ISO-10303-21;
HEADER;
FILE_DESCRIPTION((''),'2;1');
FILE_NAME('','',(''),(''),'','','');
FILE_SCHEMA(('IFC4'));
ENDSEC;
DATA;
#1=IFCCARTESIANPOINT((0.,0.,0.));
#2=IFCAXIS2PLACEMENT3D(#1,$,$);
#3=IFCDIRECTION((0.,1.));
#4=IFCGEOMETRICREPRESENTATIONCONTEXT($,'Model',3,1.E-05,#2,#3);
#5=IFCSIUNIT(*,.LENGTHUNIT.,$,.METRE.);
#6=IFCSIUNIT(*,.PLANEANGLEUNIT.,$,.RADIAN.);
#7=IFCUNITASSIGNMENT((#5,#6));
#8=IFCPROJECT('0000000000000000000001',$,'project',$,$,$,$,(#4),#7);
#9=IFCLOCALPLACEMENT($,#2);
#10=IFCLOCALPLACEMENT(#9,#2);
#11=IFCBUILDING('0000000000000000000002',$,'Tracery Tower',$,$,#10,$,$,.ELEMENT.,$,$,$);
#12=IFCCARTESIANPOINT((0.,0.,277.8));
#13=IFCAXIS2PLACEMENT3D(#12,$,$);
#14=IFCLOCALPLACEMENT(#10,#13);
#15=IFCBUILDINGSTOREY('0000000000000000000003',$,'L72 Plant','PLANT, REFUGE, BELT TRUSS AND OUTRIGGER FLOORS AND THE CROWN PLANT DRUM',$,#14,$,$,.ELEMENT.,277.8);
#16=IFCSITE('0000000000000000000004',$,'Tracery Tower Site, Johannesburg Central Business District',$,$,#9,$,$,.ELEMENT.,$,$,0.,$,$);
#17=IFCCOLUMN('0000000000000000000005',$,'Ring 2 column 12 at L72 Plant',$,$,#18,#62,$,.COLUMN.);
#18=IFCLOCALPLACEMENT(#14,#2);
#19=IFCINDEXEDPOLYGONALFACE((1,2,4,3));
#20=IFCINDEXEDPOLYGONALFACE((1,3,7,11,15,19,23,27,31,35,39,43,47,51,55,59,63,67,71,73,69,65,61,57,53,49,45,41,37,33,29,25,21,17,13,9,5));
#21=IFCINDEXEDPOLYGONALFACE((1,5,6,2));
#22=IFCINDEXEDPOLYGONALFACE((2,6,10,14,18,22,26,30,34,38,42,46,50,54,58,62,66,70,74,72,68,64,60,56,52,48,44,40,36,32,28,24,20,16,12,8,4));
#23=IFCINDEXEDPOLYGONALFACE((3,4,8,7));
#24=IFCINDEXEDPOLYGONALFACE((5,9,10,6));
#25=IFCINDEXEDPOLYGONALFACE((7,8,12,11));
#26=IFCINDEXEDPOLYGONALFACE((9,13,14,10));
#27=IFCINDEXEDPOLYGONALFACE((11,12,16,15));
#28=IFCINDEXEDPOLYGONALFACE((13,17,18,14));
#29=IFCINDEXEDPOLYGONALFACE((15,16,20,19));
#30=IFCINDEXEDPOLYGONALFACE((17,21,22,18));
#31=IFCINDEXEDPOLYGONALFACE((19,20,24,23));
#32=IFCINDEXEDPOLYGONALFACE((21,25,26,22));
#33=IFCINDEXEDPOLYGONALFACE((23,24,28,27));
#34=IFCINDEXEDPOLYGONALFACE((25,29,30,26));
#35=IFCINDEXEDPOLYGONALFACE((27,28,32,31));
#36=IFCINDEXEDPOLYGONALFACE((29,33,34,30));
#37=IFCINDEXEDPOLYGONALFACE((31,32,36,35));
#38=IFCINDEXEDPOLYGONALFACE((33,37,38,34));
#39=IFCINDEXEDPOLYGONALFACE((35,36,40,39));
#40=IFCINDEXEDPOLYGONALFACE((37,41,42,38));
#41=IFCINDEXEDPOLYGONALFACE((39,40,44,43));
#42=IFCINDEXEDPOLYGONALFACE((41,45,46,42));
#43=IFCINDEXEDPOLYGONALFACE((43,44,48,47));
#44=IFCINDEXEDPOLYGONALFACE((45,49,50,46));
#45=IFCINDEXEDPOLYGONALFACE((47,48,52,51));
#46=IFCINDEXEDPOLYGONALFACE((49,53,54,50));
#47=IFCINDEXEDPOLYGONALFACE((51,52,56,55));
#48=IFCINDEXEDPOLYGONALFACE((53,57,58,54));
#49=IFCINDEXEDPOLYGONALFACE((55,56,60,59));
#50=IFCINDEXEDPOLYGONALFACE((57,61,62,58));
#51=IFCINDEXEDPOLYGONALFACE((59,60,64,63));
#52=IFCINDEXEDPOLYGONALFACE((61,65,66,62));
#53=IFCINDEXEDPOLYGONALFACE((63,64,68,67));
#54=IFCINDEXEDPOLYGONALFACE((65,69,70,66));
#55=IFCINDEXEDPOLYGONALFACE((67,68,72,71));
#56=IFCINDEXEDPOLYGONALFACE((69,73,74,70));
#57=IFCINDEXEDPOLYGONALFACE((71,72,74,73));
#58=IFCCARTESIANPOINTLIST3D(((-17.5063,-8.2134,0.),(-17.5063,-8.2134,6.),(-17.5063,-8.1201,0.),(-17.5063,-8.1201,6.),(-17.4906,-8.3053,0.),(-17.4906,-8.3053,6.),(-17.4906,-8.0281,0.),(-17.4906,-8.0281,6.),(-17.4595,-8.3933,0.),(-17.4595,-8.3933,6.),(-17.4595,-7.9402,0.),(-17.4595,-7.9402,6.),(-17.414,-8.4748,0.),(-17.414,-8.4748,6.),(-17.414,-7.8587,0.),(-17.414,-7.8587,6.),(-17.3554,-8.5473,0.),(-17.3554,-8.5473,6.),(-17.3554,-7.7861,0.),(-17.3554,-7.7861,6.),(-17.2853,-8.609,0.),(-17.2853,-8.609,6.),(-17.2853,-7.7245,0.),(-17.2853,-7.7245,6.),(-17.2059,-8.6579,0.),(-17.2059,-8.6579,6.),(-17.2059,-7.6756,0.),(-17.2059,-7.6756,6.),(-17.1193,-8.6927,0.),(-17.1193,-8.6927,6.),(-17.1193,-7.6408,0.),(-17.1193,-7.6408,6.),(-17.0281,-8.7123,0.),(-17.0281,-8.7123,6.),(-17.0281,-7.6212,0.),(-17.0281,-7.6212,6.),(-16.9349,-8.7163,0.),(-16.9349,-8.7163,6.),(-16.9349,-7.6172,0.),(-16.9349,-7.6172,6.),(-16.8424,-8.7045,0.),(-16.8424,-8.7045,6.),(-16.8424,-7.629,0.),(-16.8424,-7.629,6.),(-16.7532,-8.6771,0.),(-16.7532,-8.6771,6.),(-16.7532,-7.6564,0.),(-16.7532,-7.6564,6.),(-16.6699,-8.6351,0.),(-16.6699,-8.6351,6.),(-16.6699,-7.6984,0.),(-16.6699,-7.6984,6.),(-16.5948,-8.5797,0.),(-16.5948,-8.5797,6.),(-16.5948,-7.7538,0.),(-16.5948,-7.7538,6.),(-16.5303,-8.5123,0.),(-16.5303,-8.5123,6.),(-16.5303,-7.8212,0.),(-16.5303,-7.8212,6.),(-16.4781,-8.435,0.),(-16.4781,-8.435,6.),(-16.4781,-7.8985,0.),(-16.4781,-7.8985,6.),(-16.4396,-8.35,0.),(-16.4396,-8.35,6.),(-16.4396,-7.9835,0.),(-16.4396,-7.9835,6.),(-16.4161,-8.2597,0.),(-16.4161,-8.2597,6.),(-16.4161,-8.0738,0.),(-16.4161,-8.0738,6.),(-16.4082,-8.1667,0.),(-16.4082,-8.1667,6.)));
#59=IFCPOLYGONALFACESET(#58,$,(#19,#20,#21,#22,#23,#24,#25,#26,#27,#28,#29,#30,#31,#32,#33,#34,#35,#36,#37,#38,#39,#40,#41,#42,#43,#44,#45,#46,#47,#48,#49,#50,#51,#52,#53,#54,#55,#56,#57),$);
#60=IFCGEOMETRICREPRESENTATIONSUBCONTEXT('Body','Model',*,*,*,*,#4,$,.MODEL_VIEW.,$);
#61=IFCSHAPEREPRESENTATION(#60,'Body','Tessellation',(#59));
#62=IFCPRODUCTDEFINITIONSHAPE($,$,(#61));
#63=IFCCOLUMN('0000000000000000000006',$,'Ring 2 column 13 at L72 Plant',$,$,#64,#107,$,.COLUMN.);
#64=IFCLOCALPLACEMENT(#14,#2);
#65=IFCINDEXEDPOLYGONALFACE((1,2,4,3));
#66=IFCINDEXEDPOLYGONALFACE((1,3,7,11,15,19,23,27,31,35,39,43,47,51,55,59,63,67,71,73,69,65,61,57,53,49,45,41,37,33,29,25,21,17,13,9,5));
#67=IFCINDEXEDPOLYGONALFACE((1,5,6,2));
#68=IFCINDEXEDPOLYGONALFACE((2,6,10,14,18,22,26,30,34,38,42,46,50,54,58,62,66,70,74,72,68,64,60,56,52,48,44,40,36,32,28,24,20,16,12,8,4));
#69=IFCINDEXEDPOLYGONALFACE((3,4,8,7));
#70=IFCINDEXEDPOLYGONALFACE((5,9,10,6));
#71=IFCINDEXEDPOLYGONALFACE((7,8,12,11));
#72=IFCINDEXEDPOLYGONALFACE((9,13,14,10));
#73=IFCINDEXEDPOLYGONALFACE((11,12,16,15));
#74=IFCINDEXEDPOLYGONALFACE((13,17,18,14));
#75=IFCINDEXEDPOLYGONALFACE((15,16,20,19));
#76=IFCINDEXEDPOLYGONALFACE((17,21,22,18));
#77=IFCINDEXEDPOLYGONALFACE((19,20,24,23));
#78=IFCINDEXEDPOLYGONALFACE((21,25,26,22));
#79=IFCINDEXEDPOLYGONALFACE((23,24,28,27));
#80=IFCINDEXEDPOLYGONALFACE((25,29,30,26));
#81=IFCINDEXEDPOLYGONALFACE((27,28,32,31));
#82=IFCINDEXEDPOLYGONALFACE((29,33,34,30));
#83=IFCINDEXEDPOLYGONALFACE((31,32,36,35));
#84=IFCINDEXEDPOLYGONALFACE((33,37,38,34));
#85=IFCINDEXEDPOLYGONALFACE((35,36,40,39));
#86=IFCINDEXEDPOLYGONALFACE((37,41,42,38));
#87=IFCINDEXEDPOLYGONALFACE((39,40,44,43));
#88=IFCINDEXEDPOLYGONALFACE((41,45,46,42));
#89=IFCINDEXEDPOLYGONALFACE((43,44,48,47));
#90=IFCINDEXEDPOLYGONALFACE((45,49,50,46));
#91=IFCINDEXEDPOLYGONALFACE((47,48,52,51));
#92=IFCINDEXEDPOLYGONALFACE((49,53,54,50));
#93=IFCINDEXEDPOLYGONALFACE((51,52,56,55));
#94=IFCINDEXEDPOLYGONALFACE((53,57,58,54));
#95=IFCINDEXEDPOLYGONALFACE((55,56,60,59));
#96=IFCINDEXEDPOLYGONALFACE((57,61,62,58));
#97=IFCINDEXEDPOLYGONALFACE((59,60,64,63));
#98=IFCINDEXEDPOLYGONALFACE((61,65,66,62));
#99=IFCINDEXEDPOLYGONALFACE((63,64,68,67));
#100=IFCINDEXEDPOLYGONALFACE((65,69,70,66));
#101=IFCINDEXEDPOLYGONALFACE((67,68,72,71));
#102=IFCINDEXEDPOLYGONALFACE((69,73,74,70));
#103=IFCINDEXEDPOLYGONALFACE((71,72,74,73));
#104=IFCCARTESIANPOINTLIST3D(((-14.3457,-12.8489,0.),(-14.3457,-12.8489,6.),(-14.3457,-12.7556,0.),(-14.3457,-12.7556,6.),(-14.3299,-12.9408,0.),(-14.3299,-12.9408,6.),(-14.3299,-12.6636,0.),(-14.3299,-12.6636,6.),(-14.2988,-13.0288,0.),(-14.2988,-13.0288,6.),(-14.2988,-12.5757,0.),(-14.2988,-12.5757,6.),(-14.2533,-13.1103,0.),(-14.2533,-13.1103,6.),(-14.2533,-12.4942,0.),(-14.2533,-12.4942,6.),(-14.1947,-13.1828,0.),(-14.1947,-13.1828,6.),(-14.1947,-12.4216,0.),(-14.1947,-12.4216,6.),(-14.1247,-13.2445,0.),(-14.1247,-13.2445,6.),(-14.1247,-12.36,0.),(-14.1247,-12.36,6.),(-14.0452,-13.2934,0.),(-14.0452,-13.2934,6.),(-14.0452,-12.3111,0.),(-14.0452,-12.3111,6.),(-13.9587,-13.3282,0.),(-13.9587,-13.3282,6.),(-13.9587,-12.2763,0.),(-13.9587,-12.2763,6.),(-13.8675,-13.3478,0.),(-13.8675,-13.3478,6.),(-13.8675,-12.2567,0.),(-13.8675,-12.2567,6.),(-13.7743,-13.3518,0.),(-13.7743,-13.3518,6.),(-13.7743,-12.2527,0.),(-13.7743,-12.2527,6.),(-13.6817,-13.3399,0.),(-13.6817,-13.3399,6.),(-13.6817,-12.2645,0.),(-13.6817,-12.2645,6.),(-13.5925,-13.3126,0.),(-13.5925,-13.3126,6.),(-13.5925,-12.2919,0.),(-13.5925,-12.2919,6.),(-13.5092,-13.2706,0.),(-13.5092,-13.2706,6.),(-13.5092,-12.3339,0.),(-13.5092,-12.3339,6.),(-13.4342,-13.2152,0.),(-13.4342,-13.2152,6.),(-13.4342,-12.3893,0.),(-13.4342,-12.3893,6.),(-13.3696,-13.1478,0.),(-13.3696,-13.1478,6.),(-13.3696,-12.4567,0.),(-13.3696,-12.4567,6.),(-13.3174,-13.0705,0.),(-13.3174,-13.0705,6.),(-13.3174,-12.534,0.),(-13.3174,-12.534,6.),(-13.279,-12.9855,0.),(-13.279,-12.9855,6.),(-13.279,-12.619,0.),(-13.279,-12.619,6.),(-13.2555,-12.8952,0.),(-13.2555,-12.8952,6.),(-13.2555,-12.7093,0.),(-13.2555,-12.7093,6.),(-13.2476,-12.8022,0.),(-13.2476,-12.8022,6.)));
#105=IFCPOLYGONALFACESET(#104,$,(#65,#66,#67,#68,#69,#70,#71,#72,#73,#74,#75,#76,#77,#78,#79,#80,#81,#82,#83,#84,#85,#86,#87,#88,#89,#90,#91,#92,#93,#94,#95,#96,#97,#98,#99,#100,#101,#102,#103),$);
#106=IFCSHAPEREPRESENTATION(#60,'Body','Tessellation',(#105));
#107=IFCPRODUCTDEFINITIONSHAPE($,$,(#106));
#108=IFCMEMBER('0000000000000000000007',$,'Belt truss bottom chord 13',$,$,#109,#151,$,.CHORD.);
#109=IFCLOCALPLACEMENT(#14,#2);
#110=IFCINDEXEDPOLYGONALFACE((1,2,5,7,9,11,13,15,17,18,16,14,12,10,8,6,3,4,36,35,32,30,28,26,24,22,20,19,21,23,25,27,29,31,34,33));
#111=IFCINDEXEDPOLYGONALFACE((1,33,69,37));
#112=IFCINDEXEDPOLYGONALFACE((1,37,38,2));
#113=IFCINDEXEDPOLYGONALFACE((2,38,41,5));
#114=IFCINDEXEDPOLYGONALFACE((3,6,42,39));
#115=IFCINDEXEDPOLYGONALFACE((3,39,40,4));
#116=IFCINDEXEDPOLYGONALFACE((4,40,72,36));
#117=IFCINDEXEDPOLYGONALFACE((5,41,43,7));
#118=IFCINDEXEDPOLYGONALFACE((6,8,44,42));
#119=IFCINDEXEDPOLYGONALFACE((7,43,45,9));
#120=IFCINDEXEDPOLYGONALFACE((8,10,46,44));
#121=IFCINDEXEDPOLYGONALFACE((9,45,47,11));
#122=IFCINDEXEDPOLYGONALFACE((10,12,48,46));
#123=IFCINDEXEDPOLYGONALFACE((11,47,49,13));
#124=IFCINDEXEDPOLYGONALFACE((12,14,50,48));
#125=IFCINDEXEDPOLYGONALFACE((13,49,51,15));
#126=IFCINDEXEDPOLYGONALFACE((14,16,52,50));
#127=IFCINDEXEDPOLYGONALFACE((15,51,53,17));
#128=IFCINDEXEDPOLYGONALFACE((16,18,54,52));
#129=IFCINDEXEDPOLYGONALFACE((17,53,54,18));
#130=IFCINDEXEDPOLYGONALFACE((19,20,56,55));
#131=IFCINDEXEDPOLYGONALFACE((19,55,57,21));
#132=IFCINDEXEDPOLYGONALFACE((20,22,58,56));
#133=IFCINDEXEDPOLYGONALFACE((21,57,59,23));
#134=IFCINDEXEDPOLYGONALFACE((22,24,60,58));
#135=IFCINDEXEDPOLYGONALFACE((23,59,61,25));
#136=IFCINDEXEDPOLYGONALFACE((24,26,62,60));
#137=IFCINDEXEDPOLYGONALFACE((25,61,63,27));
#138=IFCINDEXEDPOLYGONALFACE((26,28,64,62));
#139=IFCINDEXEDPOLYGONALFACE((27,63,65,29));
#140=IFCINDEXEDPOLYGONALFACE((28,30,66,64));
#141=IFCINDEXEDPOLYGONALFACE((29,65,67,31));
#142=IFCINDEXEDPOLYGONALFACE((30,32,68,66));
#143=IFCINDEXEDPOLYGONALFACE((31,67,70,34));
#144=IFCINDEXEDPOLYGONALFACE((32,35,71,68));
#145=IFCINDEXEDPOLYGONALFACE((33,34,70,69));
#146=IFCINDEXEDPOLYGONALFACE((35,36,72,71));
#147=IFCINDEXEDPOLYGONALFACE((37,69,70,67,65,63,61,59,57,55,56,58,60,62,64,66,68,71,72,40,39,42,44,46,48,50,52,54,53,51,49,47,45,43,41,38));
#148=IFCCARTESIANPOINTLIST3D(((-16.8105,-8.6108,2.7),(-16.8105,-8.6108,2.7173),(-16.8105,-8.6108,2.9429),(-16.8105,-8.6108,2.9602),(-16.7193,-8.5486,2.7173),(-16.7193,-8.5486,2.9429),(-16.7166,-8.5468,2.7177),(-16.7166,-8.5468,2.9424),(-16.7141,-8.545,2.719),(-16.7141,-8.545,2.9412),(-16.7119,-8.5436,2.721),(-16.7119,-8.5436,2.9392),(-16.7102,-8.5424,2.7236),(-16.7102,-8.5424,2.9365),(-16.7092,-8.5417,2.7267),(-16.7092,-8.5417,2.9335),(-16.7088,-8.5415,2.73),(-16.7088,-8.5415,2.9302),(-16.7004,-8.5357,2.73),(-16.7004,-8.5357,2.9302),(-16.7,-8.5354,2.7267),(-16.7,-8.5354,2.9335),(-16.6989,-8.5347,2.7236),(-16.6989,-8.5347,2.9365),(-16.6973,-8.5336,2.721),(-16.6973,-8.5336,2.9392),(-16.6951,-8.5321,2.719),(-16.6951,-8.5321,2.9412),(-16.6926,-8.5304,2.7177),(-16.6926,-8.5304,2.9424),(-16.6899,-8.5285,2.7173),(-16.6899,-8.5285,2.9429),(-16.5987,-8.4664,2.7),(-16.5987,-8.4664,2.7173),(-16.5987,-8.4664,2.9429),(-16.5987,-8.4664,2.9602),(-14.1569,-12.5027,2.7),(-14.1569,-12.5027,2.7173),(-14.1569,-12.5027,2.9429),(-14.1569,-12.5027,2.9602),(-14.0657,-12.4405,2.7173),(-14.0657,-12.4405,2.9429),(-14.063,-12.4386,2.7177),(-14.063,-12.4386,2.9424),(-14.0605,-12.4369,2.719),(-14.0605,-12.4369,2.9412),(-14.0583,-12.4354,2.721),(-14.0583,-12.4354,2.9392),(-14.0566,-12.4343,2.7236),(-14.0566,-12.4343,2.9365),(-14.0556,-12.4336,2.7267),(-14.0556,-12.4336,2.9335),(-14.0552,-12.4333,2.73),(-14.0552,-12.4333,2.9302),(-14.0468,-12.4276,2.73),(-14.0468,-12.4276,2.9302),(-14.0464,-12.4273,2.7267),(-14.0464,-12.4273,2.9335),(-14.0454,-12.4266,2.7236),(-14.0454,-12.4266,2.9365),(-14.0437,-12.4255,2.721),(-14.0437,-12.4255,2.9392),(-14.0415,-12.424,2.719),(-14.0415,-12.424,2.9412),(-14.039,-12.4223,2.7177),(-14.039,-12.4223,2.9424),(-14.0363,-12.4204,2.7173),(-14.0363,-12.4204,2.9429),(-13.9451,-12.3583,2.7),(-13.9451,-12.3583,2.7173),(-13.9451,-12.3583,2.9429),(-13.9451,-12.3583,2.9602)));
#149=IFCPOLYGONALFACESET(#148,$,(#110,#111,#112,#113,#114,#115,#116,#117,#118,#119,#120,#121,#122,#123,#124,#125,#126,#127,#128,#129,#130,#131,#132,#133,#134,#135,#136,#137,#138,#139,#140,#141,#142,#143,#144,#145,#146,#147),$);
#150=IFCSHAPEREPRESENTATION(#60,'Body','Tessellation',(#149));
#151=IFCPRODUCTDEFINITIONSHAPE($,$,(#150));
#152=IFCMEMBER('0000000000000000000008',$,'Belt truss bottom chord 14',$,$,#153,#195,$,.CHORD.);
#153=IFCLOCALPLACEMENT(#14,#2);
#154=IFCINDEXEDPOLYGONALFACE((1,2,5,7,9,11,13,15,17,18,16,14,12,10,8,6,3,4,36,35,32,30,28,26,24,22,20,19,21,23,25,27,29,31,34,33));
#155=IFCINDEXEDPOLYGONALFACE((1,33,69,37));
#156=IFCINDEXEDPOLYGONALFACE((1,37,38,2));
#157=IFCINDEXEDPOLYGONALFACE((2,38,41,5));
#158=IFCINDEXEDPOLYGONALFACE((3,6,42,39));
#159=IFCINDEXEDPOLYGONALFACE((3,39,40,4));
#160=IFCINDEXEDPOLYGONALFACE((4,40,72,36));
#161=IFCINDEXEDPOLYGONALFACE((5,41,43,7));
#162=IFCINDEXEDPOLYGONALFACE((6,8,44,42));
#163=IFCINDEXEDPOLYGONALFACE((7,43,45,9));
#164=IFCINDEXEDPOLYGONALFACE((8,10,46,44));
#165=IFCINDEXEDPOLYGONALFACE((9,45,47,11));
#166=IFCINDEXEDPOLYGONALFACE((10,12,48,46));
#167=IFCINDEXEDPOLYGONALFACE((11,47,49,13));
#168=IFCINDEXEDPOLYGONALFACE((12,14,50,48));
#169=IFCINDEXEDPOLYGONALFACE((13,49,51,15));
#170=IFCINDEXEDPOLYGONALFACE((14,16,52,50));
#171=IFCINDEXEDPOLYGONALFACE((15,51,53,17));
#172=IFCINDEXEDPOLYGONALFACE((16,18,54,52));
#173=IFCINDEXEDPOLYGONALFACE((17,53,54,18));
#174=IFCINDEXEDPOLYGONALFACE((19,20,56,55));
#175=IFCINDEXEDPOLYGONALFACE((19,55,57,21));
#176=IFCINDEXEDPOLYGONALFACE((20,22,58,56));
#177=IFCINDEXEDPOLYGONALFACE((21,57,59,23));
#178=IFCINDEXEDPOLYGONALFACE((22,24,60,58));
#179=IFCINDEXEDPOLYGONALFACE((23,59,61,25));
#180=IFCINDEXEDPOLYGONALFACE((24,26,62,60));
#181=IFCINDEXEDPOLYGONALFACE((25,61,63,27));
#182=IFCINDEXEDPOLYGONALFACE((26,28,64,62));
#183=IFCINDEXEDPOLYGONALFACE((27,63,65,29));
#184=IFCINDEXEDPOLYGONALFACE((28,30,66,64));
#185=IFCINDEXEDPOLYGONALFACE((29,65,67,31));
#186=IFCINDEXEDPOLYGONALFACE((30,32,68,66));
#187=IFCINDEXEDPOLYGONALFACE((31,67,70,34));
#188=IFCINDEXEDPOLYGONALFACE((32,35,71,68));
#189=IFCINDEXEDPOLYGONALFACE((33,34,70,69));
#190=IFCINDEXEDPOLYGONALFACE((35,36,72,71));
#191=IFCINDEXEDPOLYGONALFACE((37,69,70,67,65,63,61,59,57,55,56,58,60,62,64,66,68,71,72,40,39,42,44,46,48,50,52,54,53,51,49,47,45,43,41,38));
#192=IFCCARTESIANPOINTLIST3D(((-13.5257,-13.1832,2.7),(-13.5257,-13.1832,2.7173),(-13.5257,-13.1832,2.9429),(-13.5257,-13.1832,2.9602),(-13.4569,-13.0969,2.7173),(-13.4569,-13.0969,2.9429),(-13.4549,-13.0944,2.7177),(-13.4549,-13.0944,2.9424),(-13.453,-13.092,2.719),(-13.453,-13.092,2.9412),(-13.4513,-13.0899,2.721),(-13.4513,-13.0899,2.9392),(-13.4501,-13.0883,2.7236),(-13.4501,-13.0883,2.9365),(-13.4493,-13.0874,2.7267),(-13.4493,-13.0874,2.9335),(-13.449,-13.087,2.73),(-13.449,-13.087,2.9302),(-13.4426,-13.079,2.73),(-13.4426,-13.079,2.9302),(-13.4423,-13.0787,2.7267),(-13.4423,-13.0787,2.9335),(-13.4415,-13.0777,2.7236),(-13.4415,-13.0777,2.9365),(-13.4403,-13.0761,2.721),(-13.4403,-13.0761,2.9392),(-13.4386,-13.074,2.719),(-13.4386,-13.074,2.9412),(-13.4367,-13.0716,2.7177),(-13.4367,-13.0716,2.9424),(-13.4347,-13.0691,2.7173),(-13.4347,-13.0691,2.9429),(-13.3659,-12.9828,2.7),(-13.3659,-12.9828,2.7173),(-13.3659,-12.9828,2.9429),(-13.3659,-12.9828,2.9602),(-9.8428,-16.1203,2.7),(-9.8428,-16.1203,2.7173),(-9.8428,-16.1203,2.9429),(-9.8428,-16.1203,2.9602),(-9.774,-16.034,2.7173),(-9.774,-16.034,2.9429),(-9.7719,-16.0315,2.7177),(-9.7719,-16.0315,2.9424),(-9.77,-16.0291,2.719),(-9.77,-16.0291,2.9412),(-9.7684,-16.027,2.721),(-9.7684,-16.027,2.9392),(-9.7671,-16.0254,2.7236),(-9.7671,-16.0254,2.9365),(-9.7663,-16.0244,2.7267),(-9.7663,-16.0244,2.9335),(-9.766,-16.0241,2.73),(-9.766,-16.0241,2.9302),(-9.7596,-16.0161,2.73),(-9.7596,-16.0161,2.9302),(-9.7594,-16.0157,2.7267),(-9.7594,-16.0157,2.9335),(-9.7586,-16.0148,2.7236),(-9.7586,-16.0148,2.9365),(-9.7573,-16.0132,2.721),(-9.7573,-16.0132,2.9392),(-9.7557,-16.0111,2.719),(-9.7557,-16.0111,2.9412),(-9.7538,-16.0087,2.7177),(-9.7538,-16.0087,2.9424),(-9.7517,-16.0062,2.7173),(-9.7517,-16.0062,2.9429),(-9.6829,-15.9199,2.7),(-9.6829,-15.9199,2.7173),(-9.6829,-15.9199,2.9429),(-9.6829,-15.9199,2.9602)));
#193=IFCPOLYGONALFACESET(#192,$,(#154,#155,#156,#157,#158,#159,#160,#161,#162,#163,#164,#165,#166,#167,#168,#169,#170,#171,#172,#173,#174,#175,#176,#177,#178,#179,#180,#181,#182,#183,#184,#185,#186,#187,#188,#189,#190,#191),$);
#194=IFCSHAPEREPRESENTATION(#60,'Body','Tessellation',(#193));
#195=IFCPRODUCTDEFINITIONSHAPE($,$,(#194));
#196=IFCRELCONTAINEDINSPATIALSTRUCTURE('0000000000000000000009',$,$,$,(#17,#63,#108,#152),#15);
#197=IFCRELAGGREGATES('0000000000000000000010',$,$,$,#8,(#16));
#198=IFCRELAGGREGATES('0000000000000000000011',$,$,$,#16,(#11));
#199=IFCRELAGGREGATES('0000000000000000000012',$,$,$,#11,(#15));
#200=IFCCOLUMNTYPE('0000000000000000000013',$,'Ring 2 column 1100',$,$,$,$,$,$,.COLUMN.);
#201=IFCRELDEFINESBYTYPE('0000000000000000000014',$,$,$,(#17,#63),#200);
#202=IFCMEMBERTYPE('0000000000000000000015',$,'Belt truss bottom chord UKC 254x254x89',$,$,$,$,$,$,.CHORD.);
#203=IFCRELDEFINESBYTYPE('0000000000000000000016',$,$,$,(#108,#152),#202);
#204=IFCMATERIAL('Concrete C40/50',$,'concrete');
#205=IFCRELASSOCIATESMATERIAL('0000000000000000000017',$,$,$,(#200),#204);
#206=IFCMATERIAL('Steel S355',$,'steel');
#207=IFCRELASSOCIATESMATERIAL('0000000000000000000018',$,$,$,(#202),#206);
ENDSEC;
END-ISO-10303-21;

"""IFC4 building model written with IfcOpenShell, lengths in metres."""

from ifc_helpers import new_model, si_unit, direction, frame, origin, origin_2d, place, context, subcontext, project, spatial, circle, i_section, extrude, material, material_profile, profile_set, type_object, element, save


model = new_model("IFC4")

# Units and contexts
model_context = context("Model", 3, precision=1e-05, world=origin(), true_north=direction((0.0, 1.0)))
body_context = subcontext(model_context, "Body", "Model", "MODEL_VIEW")
ifc_project = project(units=[si_unit("LENGTHUNIT", "METRE"), si_unit("PLANEANGLEUNIT", "RADIAN")], contexts=[model_context])

# Site, building, storey
site_placement = place(None, origin())
site = spatial("IfcSite", under=ifc_project, at=site_placement, Name="Tracery Tower Site, Johannesburg Central Business District", CompositionType="ELEMENT", RefElevation=0.0)
building_placement = place(site_placement, origin())
building = spatial("IfcBuilding", under=site, at=building_placement, Name="Tracery Tower", CompositionType="ELEMENT")
storey_placement = place(building_placement, frame((0.0, 0.0, 277.8)))
storey = spatial("IfcBuildingStorey", under=building, at=storey_placement, Name="L72 Plant", Description="PLANT, REFUGE, BELT TRUSS AND OUTRIGGER FLOORS AND THE CROWN PLANT DRUM", CompositionType="ELEMENT", Elevation=277.8)

# Columns
ifc_material_1 = material(Name="Concrete C40/50", Category="concrete")
ifc_material_profile_1 = material_profile(ifc_material_1, circle(Radius=0.55, at=origin_2d()), Name="RC D1100")
ifc_profile_set_1 = profile_set([ifc_material_profile_1], Name="Concrete C40/50")
column_type = type_object("IfcColumnType", Name="Ring 2 column 1100", PredefinedType="COLUMN", material=ifc_profile_set_1)
for number, where, z_axis, x_axis, name in (
    (1, (-16.9583, -8.1667, 0.0), (0.0, 0.0, 1.0), (1.0, 0.0, 0.0), "Ring 2 column 12 at L72 Plant"),
    (2, (-13.7976, -12.8022, 0.0), (0.0, 0.0, 1.0), (1.0, 0.0, 0.0), "Ring 2 column 13 at L72 Plant"),
):
    element("IfcColumn", number, at=place(storey_placement, frame(where, z_axis=z_axis, x_axis=x_axis)), inside=storey, type_object=column_type, Name=name, PredefinedType="COLUMN", context=body_context, shape_type="SweptSolid", body=[
        extrude(circle(Radius=0.55, at=origin_2d()), origin(), (0.0, 0.0, 1.0), 6.0),
    ])

# Members
ifc_material_2 = material(Name="Steel S355", Category="steel")
ifc_material_profile_2 = material_profile(ifc_material_2, i_section(OverallWidth=0.2563, OverallDepth=0.2603, WebThickness=0.0103, FlangeThickness=0.0173, FilletRadius=0.0127, at=origin_2d()), Name="UKC 254x254x89")
ifc_profile_set_2 = profile_set([ifc_material_profile_2], Name="Steel S355")
member_type_1 = type_object("IfcMemberType", Name="Belt truss bottom chord UKC 254x254x89", PredefinedType="CHORD", material=ifc_profile_set_2)
member_1_placement = place(storey_placement, frame((-16.7046, -8.5386, 2.8301), z_axis=(0.563342, -0.826224, 0.0), x_axis=(0.826224, 0.563342, 0.0)))
element("IfcMember", 3, at=member_1_placement, inside=storey, type_object=member_type_1, Name="Belt truss bottom chord 13", PredefinedType="CHORD", context=body_context, shape_type="SweptSolid", body=[
    extrude(i_section(OverallWidth=0.2563, OverallDepth=0.2603, WebThickness=0.0103, FlangeThickness=0.0173, FilletRadius=0.0127, at=origin_2d()), origin(), (0.0, 0.0, 1.0), 4.7104),
])
member_2_placement = place(storey_placement, frame((-13.4458, -13.083, 2.8301), z_axis=(0.781829, -0.623493, 0.0), x_axis=(0.623493, 0.781829, 0.0)))
element("IfcMember", 4, at=member_2_placement, inside=storey, type_object=member_type_1, Name="Belt truss bottom chord 14", PredefinedType="CHORD", context=body_context, shape_type="SweptSolid", body=[
    extrude(i_section(OverallWidth=0.2563, OverallDepth=0.2603, WebThickness=0.0103, FlangeThickness=0.0173, FilletRadius=0.0127, at=origin_2d()), origin(), (0.0, 0.0, 1.0), 4.7107),
])

save(model, "model.ifc")
